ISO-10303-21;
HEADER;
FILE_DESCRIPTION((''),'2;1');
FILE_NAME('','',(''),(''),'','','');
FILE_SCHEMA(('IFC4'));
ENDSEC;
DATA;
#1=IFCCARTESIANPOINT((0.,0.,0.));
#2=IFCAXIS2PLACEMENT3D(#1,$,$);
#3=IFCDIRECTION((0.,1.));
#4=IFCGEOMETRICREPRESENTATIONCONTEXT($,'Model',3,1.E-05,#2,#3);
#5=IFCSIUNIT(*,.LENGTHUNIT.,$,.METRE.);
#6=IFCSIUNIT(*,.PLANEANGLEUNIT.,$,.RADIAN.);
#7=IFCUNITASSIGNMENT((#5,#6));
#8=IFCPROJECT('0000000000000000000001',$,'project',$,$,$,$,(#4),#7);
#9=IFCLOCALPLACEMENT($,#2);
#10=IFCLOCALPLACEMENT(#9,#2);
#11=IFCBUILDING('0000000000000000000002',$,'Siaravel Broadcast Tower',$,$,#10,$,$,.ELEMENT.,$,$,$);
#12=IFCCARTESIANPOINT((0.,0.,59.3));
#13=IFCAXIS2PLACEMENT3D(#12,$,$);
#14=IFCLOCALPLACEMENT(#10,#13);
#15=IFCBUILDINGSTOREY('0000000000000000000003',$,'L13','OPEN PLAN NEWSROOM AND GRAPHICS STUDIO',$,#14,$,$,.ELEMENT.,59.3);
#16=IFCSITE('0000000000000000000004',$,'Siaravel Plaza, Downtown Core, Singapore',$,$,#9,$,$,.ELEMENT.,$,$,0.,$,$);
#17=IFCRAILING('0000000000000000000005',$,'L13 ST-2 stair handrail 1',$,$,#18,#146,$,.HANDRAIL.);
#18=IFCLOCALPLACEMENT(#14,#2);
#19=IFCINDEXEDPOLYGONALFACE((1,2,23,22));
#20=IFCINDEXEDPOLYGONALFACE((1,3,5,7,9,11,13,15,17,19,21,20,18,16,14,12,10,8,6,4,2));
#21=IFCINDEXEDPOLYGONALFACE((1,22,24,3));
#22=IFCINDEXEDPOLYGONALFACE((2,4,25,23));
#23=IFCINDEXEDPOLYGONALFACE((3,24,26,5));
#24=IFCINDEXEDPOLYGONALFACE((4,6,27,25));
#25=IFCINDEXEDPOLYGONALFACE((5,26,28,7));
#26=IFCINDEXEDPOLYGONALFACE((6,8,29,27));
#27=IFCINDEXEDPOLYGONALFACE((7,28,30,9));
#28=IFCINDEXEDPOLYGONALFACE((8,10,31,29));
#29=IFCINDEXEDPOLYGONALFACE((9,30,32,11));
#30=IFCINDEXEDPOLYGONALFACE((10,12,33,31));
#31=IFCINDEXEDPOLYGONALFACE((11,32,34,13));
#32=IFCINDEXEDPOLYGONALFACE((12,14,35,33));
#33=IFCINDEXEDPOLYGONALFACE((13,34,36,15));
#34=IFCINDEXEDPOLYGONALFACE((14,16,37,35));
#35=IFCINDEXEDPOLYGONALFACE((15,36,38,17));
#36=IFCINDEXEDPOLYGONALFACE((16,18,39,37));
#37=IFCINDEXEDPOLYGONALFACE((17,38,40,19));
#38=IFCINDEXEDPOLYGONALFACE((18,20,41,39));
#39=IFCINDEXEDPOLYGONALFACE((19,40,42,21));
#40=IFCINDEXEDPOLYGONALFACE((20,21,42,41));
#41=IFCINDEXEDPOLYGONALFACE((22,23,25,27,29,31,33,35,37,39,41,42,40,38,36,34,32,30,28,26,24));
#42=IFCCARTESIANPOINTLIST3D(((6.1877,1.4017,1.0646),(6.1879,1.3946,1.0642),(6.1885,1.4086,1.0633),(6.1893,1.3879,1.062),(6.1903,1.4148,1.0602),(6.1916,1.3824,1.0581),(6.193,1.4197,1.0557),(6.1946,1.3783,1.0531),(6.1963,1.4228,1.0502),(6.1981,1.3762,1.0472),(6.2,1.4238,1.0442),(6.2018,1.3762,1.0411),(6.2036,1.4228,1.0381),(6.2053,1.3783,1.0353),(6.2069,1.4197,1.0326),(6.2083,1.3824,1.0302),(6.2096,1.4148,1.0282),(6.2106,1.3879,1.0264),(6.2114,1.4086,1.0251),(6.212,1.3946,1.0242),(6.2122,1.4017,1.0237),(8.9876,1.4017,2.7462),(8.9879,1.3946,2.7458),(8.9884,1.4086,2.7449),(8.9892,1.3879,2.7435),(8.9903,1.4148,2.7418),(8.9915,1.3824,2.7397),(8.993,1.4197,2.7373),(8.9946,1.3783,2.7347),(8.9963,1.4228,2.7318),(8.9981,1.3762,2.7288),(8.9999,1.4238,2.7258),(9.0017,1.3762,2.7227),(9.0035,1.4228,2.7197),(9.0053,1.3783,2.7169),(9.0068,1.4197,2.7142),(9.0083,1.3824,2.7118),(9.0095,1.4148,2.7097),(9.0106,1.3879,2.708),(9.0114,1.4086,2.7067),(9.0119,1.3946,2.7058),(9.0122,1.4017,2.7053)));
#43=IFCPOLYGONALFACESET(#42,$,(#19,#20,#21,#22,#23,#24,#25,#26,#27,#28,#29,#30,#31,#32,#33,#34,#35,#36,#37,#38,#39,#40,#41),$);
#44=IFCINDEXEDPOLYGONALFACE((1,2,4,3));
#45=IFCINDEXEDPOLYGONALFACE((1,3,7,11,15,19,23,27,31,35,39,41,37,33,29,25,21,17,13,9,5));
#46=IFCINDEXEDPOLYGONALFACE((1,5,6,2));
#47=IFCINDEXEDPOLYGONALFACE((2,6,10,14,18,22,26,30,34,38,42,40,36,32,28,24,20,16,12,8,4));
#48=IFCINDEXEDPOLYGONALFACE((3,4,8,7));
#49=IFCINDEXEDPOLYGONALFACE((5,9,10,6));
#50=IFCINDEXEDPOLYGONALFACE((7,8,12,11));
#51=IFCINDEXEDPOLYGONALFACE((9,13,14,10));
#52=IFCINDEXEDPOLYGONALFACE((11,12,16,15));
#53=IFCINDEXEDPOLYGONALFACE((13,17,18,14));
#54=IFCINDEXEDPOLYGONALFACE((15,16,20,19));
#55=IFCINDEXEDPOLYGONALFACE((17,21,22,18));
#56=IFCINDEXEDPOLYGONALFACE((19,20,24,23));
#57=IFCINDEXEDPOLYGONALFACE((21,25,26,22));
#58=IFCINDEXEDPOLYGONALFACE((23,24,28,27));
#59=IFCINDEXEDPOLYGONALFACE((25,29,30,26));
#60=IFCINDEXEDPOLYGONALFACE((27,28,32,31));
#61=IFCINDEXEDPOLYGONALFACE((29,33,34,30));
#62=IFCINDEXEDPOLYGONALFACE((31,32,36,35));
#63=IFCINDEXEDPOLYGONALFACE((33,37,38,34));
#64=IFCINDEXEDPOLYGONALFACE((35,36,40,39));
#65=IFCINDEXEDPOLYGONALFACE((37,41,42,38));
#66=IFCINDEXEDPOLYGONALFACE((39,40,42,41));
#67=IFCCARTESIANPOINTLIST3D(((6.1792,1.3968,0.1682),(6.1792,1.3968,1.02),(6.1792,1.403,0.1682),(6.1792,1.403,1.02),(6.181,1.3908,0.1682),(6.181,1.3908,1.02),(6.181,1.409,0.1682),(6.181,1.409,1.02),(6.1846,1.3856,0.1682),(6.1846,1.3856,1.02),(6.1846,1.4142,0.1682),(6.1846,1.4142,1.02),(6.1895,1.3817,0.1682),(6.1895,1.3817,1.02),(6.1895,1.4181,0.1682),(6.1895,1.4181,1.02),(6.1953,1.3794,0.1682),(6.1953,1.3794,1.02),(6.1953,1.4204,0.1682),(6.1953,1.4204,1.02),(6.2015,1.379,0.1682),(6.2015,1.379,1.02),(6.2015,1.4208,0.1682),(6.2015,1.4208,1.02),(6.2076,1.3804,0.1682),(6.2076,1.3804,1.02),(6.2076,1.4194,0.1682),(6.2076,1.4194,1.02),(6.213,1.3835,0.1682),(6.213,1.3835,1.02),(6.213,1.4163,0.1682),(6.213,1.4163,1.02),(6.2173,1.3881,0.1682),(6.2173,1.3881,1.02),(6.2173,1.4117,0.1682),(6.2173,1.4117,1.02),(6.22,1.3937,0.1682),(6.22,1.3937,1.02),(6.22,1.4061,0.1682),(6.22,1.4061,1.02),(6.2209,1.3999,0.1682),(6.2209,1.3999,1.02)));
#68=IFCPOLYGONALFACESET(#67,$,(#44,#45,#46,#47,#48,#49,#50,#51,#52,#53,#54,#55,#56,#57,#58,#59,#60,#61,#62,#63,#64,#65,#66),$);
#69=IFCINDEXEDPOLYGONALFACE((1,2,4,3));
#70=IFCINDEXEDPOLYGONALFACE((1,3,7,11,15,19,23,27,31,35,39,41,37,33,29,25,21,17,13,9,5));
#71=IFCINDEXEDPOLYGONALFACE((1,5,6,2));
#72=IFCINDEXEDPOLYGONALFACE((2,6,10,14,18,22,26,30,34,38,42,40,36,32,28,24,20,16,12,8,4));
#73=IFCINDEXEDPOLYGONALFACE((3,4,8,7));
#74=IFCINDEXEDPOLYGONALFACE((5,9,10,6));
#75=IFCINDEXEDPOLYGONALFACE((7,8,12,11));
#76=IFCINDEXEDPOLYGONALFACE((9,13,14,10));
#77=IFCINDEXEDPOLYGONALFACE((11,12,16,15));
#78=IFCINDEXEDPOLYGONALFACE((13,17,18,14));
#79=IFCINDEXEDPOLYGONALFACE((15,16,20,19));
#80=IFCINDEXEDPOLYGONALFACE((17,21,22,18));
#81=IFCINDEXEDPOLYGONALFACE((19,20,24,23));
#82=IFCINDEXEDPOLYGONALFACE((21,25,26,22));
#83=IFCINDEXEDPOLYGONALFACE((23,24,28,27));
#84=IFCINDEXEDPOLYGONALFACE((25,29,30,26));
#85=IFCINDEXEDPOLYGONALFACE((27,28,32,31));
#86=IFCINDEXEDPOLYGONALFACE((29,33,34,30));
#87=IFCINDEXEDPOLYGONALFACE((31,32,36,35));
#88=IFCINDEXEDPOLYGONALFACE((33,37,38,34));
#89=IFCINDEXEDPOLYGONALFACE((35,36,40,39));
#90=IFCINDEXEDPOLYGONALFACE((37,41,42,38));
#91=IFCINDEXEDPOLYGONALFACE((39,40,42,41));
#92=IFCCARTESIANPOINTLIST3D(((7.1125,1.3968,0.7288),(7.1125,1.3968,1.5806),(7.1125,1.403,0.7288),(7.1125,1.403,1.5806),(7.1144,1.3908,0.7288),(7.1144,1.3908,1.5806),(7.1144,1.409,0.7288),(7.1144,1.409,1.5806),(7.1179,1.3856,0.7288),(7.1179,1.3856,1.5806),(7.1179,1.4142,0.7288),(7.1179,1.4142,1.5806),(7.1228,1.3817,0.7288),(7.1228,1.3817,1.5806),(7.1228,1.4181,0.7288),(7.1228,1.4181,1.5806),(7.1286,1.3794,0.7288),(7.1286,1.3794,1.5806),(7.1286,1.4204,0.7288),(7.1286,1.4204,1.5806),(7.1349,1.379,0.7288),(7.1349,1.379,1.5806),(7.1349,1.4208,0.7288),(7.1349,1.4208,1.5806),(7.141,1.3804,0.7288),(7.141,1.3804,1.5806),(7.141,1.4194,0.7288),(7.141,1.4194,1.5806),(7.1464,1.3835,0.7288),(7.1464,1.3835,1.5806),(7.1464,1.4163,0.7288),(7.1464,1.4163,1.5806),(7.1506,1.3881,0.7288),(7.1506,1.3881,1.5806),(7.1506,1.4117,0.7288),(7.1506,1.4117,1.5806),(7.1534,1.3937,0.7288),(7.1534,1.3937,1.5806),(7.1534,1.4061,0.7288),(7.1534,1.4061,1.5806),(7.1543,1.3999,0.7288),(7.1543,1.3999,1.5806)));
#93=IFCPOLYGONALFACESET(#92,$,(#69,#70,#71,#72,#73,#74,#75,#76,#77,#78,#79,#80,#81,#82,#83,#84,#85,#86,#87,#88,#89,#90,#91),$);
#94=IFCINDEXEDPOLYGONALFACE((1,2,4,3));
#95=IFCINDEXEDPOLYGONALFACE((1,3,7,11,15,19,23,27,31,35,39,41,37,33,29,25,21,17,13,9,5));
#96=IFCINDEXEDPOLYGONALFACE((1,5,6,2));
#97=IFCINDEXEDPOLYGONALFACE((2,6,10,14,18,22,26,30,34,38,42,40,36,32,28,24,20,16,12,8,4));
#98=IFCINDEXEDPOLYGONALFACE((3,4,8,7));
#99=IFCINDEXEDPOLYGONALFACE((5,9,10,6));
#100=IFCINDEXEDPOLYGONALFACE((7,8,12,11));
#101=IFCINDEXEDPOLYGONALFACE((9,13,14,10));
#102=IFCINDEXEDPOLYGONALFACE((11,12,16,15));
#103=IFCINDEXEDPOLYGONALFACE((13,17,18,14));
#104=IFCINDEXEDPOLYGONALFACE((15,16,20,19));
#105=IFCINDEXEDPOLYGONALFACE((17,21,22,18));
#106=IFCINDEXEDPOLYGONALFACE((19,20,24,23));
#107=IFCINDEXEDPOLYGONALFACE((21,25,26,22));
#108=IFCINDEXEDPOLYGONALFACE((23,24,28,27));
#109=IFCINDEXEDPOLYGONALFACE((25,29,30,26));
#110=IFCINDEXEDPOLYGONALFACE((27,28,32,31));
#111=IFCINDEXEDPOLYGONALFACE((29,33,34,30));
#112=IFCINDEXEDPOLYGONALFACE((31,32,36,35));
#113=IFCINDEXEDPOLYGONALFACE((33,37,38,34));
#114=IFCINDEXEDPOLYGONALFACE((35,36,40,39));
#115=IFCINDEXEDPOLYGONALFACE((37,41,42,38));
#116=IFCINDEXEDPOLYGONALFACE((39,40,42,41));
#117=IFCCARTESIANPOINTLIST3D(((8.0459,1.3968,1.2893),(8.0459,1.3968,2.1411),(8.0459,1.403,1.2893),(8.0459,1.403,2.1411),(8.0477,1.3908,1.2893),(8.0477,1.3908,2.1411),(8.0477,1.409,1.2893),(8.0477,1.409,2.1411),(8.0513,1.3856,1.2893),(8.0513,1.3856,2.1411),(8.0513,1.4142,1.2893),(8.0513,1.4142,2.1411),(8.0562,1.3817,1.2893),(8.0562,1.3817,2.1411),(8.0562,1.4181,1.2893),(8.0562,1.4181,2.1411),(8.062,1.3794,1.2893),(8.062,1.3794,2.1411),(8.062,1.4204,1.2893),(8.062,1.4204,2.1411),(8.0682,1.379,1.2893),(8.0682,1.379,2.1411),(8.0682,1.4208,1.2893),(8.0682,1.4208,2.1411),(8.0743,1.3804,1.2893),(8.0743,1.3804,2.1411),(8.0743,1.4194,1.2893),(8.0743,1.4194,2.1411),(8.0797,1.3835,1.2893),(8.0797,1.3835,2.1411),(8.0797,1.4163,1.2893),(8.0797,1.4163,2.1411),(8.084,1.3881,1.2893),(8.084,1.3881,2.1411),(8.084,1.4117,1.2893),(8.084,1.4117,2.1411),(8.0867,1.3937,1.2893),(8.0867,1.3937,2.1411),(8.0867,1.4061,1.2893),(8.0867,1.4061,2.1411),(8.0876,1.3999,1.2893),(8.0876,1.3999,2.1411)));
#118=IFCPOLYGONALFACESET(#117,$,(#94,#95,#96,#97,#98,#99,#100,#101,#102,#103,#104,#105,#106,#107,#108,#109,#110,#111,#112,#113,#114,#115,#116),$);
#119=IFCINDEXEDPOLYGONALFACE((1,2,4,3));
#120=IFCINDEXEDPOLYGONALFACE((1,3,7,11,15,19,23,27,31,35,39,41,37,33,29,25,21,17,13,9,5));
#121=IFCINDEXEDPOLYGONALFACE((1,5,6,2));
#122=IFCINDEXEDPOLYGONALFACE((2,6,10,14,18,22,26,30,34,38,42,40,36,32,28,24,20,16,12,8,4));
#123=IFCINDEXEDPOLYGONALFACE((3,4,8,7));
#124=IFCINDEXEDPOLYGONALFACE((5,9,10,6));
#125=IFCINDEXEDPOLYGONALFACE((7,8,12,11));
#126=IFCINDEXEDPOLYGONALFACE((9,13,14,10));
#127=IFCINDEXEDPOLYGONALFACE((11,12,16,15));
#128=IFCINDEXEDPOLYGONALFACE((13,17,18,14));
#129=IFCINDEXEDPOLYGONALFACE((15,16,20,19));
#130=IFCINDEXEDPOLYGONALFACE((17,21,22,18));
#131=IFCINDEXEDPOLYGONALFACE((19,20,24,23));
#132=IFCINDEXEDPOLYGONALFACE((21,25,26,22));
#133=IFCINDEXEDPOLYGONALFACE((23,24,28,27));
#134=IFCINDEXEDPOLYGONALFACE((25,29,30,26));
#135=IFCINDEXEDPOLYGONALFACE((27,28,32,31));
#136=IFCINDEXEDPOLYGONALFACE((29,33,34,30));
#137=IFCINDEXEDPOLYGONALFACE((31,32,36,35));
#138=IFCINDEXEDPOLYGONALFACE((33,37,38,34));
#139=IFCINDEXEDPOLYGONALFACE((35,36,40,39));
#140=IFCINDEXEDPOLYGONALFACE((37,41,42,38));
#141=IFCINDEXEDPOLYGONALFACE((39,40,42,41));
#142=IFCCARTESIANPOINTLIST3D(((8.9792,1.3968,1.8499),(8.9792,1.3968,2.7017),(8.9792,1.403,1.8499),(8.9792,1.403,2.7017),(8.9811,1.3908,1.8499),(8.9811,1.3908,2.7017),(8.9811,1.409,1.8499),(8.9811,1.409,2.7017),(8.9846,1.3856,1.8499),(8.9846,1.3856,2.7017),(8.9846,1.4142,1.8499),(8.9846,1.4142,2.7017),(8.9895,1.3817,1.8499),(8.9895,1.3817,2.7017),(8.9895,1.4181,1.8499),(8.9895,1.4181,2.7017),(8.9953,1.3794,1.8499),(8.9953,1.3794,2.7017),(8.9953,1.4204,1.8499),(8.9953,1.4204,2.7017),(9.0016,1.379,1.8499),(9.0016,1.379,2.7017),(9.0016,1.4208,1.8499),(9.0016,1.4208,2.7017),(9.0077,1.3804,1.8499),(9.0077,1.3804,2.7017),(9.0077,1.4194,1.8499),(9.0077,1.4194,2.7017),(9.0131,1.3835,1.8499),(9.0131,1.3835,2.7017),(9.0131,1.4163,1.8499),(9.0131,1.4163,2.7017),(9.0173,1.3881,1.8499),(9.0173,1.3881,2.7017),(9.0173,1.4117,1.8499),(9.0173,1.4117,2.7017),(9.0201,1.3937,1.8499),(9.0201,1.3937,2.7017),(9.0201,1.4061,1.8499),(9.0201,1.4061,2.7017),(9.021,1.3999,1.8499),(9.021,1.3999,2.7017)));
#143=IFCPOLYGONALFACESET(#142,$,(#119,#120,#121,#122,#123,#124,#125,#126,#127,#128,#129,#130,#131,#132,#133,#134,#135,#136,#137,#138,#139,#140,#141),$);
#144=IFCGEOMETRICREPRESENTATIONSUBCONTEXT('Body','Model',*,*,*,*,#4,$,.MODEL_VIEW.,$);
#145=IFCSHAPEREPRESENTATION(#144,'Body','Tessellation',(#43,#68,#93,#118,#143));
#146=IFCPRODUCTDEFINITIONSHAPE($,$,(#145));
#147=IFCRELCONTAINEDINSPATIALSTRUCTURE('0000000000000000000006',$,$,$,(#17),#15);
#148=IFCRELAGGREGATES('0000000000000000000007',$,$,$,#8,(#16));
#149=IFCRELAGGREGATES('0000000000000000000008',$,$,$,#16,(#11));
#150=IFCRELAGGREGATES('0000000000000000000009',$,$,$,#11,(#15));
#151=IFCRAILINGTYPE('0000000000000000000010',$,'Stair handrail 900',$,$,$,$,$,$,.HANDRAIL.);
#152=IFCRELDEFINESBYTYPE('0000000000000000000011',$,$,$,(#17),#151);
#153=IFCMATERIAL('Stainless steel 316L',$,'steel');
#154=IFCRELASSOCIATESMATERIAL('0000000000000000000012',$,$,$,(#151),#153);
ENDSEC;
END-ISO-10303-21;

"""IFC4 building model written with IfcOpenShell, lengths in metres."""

from ifc_helpers import new_model, si_unit, direction, frame, origin, origin_2d, place, context, subcontext, project, spatial, circle, extrude, material, type_object, element, save


model = new_model("IFC4")

# Units and contexts
model_context = context("Model", 3, precision=1e-05, world=origin(), true_north=direction((0.0, 1.0)))
body_context = subcontext(model_context, "Body", "Model", "MODEL_VIEW")
ifc_project = project(units=[si_unit("LENGTHUNIT", "METRE"), si_unit("PLANEANGLEUNIT", "RADIAN")], contexts=[model_context])

# Site, building, storey
site_placement = place(None, origin())
site = spatial("IfcSite", under=ifc_project, at=site_placement, Name="Siaravel Plaza, Downtown Core, Singapore", CompositionType="ELEMENT", RefElevation=0.0)
building_placement = place(site_placement, origin())
building = spatial("IfcBuilding", under=site, at=building_placement, Name="Siaravel Broadcast Tower", CompositionType="ELEMENT")
storey_placement = place(building_placement, frame((0.0, 0.0, 59.3)))
storey = spatial("IfcBuildingStorey", under=building, at=storey_placement, Name="L13", Description="OPEN PLAN NEWSROOM AND GRAPHICS STUDIO", CompositionType="ELEMENT", Elevation=59.3)

# Railing
ifc_material_1 = material(Name="Stainless steel 316L", Category="steel")
railing_type_1 = type_object("IfcRailingType", Name="Stair handrail 900", PredefinedType="HANDRAIL", material=ifc_material_1)
railing_1_placement = place(storey_placement, frame((6.2, 1.3999, 0.1682)))
element("IfcRailing", 1, at=railing_1_placement, inside=storey, type_object=railing_type_1, Name="L13 ST-2 stair handrail 1", PredefinedType="HANDRAIL", context=body_context, shape_type="SweptSolid", body=[
    extrude(circle(Radius=0.0239, at=origin_2d()), frame((0.0, 0.0, 0.876), z_axis=(0.857275, 0.0, 0.514858), x_axis=(0.0, 1.0, 0.0)), (0.0, 0.0, 1.0), 3.2661),
    extrude(circle(Radius=0.021, at=origin_2d()), origin(), (0.0, 0.0, 1.0), 0.8518),
    extrude(circle(Radius=0.021, at=origin_2d()), frame((0.9333, 0.0, 0.5605)), (0.0, 0.0, 1.0), 0.8518),
    extrude(circle(Radius=0.021, at=origin_2d()), frame((1.8667, 0.0, 1.1211)), (0.0, 0.0, 1.0), 0.8518),
    extrude(circle(Radius=0.021, at=origin_2d()), frame((2.8, 0.0, 1.6816)), (0.0, 0.0, 1.0), 0.8518),
])

save(model, "model.ifc")
